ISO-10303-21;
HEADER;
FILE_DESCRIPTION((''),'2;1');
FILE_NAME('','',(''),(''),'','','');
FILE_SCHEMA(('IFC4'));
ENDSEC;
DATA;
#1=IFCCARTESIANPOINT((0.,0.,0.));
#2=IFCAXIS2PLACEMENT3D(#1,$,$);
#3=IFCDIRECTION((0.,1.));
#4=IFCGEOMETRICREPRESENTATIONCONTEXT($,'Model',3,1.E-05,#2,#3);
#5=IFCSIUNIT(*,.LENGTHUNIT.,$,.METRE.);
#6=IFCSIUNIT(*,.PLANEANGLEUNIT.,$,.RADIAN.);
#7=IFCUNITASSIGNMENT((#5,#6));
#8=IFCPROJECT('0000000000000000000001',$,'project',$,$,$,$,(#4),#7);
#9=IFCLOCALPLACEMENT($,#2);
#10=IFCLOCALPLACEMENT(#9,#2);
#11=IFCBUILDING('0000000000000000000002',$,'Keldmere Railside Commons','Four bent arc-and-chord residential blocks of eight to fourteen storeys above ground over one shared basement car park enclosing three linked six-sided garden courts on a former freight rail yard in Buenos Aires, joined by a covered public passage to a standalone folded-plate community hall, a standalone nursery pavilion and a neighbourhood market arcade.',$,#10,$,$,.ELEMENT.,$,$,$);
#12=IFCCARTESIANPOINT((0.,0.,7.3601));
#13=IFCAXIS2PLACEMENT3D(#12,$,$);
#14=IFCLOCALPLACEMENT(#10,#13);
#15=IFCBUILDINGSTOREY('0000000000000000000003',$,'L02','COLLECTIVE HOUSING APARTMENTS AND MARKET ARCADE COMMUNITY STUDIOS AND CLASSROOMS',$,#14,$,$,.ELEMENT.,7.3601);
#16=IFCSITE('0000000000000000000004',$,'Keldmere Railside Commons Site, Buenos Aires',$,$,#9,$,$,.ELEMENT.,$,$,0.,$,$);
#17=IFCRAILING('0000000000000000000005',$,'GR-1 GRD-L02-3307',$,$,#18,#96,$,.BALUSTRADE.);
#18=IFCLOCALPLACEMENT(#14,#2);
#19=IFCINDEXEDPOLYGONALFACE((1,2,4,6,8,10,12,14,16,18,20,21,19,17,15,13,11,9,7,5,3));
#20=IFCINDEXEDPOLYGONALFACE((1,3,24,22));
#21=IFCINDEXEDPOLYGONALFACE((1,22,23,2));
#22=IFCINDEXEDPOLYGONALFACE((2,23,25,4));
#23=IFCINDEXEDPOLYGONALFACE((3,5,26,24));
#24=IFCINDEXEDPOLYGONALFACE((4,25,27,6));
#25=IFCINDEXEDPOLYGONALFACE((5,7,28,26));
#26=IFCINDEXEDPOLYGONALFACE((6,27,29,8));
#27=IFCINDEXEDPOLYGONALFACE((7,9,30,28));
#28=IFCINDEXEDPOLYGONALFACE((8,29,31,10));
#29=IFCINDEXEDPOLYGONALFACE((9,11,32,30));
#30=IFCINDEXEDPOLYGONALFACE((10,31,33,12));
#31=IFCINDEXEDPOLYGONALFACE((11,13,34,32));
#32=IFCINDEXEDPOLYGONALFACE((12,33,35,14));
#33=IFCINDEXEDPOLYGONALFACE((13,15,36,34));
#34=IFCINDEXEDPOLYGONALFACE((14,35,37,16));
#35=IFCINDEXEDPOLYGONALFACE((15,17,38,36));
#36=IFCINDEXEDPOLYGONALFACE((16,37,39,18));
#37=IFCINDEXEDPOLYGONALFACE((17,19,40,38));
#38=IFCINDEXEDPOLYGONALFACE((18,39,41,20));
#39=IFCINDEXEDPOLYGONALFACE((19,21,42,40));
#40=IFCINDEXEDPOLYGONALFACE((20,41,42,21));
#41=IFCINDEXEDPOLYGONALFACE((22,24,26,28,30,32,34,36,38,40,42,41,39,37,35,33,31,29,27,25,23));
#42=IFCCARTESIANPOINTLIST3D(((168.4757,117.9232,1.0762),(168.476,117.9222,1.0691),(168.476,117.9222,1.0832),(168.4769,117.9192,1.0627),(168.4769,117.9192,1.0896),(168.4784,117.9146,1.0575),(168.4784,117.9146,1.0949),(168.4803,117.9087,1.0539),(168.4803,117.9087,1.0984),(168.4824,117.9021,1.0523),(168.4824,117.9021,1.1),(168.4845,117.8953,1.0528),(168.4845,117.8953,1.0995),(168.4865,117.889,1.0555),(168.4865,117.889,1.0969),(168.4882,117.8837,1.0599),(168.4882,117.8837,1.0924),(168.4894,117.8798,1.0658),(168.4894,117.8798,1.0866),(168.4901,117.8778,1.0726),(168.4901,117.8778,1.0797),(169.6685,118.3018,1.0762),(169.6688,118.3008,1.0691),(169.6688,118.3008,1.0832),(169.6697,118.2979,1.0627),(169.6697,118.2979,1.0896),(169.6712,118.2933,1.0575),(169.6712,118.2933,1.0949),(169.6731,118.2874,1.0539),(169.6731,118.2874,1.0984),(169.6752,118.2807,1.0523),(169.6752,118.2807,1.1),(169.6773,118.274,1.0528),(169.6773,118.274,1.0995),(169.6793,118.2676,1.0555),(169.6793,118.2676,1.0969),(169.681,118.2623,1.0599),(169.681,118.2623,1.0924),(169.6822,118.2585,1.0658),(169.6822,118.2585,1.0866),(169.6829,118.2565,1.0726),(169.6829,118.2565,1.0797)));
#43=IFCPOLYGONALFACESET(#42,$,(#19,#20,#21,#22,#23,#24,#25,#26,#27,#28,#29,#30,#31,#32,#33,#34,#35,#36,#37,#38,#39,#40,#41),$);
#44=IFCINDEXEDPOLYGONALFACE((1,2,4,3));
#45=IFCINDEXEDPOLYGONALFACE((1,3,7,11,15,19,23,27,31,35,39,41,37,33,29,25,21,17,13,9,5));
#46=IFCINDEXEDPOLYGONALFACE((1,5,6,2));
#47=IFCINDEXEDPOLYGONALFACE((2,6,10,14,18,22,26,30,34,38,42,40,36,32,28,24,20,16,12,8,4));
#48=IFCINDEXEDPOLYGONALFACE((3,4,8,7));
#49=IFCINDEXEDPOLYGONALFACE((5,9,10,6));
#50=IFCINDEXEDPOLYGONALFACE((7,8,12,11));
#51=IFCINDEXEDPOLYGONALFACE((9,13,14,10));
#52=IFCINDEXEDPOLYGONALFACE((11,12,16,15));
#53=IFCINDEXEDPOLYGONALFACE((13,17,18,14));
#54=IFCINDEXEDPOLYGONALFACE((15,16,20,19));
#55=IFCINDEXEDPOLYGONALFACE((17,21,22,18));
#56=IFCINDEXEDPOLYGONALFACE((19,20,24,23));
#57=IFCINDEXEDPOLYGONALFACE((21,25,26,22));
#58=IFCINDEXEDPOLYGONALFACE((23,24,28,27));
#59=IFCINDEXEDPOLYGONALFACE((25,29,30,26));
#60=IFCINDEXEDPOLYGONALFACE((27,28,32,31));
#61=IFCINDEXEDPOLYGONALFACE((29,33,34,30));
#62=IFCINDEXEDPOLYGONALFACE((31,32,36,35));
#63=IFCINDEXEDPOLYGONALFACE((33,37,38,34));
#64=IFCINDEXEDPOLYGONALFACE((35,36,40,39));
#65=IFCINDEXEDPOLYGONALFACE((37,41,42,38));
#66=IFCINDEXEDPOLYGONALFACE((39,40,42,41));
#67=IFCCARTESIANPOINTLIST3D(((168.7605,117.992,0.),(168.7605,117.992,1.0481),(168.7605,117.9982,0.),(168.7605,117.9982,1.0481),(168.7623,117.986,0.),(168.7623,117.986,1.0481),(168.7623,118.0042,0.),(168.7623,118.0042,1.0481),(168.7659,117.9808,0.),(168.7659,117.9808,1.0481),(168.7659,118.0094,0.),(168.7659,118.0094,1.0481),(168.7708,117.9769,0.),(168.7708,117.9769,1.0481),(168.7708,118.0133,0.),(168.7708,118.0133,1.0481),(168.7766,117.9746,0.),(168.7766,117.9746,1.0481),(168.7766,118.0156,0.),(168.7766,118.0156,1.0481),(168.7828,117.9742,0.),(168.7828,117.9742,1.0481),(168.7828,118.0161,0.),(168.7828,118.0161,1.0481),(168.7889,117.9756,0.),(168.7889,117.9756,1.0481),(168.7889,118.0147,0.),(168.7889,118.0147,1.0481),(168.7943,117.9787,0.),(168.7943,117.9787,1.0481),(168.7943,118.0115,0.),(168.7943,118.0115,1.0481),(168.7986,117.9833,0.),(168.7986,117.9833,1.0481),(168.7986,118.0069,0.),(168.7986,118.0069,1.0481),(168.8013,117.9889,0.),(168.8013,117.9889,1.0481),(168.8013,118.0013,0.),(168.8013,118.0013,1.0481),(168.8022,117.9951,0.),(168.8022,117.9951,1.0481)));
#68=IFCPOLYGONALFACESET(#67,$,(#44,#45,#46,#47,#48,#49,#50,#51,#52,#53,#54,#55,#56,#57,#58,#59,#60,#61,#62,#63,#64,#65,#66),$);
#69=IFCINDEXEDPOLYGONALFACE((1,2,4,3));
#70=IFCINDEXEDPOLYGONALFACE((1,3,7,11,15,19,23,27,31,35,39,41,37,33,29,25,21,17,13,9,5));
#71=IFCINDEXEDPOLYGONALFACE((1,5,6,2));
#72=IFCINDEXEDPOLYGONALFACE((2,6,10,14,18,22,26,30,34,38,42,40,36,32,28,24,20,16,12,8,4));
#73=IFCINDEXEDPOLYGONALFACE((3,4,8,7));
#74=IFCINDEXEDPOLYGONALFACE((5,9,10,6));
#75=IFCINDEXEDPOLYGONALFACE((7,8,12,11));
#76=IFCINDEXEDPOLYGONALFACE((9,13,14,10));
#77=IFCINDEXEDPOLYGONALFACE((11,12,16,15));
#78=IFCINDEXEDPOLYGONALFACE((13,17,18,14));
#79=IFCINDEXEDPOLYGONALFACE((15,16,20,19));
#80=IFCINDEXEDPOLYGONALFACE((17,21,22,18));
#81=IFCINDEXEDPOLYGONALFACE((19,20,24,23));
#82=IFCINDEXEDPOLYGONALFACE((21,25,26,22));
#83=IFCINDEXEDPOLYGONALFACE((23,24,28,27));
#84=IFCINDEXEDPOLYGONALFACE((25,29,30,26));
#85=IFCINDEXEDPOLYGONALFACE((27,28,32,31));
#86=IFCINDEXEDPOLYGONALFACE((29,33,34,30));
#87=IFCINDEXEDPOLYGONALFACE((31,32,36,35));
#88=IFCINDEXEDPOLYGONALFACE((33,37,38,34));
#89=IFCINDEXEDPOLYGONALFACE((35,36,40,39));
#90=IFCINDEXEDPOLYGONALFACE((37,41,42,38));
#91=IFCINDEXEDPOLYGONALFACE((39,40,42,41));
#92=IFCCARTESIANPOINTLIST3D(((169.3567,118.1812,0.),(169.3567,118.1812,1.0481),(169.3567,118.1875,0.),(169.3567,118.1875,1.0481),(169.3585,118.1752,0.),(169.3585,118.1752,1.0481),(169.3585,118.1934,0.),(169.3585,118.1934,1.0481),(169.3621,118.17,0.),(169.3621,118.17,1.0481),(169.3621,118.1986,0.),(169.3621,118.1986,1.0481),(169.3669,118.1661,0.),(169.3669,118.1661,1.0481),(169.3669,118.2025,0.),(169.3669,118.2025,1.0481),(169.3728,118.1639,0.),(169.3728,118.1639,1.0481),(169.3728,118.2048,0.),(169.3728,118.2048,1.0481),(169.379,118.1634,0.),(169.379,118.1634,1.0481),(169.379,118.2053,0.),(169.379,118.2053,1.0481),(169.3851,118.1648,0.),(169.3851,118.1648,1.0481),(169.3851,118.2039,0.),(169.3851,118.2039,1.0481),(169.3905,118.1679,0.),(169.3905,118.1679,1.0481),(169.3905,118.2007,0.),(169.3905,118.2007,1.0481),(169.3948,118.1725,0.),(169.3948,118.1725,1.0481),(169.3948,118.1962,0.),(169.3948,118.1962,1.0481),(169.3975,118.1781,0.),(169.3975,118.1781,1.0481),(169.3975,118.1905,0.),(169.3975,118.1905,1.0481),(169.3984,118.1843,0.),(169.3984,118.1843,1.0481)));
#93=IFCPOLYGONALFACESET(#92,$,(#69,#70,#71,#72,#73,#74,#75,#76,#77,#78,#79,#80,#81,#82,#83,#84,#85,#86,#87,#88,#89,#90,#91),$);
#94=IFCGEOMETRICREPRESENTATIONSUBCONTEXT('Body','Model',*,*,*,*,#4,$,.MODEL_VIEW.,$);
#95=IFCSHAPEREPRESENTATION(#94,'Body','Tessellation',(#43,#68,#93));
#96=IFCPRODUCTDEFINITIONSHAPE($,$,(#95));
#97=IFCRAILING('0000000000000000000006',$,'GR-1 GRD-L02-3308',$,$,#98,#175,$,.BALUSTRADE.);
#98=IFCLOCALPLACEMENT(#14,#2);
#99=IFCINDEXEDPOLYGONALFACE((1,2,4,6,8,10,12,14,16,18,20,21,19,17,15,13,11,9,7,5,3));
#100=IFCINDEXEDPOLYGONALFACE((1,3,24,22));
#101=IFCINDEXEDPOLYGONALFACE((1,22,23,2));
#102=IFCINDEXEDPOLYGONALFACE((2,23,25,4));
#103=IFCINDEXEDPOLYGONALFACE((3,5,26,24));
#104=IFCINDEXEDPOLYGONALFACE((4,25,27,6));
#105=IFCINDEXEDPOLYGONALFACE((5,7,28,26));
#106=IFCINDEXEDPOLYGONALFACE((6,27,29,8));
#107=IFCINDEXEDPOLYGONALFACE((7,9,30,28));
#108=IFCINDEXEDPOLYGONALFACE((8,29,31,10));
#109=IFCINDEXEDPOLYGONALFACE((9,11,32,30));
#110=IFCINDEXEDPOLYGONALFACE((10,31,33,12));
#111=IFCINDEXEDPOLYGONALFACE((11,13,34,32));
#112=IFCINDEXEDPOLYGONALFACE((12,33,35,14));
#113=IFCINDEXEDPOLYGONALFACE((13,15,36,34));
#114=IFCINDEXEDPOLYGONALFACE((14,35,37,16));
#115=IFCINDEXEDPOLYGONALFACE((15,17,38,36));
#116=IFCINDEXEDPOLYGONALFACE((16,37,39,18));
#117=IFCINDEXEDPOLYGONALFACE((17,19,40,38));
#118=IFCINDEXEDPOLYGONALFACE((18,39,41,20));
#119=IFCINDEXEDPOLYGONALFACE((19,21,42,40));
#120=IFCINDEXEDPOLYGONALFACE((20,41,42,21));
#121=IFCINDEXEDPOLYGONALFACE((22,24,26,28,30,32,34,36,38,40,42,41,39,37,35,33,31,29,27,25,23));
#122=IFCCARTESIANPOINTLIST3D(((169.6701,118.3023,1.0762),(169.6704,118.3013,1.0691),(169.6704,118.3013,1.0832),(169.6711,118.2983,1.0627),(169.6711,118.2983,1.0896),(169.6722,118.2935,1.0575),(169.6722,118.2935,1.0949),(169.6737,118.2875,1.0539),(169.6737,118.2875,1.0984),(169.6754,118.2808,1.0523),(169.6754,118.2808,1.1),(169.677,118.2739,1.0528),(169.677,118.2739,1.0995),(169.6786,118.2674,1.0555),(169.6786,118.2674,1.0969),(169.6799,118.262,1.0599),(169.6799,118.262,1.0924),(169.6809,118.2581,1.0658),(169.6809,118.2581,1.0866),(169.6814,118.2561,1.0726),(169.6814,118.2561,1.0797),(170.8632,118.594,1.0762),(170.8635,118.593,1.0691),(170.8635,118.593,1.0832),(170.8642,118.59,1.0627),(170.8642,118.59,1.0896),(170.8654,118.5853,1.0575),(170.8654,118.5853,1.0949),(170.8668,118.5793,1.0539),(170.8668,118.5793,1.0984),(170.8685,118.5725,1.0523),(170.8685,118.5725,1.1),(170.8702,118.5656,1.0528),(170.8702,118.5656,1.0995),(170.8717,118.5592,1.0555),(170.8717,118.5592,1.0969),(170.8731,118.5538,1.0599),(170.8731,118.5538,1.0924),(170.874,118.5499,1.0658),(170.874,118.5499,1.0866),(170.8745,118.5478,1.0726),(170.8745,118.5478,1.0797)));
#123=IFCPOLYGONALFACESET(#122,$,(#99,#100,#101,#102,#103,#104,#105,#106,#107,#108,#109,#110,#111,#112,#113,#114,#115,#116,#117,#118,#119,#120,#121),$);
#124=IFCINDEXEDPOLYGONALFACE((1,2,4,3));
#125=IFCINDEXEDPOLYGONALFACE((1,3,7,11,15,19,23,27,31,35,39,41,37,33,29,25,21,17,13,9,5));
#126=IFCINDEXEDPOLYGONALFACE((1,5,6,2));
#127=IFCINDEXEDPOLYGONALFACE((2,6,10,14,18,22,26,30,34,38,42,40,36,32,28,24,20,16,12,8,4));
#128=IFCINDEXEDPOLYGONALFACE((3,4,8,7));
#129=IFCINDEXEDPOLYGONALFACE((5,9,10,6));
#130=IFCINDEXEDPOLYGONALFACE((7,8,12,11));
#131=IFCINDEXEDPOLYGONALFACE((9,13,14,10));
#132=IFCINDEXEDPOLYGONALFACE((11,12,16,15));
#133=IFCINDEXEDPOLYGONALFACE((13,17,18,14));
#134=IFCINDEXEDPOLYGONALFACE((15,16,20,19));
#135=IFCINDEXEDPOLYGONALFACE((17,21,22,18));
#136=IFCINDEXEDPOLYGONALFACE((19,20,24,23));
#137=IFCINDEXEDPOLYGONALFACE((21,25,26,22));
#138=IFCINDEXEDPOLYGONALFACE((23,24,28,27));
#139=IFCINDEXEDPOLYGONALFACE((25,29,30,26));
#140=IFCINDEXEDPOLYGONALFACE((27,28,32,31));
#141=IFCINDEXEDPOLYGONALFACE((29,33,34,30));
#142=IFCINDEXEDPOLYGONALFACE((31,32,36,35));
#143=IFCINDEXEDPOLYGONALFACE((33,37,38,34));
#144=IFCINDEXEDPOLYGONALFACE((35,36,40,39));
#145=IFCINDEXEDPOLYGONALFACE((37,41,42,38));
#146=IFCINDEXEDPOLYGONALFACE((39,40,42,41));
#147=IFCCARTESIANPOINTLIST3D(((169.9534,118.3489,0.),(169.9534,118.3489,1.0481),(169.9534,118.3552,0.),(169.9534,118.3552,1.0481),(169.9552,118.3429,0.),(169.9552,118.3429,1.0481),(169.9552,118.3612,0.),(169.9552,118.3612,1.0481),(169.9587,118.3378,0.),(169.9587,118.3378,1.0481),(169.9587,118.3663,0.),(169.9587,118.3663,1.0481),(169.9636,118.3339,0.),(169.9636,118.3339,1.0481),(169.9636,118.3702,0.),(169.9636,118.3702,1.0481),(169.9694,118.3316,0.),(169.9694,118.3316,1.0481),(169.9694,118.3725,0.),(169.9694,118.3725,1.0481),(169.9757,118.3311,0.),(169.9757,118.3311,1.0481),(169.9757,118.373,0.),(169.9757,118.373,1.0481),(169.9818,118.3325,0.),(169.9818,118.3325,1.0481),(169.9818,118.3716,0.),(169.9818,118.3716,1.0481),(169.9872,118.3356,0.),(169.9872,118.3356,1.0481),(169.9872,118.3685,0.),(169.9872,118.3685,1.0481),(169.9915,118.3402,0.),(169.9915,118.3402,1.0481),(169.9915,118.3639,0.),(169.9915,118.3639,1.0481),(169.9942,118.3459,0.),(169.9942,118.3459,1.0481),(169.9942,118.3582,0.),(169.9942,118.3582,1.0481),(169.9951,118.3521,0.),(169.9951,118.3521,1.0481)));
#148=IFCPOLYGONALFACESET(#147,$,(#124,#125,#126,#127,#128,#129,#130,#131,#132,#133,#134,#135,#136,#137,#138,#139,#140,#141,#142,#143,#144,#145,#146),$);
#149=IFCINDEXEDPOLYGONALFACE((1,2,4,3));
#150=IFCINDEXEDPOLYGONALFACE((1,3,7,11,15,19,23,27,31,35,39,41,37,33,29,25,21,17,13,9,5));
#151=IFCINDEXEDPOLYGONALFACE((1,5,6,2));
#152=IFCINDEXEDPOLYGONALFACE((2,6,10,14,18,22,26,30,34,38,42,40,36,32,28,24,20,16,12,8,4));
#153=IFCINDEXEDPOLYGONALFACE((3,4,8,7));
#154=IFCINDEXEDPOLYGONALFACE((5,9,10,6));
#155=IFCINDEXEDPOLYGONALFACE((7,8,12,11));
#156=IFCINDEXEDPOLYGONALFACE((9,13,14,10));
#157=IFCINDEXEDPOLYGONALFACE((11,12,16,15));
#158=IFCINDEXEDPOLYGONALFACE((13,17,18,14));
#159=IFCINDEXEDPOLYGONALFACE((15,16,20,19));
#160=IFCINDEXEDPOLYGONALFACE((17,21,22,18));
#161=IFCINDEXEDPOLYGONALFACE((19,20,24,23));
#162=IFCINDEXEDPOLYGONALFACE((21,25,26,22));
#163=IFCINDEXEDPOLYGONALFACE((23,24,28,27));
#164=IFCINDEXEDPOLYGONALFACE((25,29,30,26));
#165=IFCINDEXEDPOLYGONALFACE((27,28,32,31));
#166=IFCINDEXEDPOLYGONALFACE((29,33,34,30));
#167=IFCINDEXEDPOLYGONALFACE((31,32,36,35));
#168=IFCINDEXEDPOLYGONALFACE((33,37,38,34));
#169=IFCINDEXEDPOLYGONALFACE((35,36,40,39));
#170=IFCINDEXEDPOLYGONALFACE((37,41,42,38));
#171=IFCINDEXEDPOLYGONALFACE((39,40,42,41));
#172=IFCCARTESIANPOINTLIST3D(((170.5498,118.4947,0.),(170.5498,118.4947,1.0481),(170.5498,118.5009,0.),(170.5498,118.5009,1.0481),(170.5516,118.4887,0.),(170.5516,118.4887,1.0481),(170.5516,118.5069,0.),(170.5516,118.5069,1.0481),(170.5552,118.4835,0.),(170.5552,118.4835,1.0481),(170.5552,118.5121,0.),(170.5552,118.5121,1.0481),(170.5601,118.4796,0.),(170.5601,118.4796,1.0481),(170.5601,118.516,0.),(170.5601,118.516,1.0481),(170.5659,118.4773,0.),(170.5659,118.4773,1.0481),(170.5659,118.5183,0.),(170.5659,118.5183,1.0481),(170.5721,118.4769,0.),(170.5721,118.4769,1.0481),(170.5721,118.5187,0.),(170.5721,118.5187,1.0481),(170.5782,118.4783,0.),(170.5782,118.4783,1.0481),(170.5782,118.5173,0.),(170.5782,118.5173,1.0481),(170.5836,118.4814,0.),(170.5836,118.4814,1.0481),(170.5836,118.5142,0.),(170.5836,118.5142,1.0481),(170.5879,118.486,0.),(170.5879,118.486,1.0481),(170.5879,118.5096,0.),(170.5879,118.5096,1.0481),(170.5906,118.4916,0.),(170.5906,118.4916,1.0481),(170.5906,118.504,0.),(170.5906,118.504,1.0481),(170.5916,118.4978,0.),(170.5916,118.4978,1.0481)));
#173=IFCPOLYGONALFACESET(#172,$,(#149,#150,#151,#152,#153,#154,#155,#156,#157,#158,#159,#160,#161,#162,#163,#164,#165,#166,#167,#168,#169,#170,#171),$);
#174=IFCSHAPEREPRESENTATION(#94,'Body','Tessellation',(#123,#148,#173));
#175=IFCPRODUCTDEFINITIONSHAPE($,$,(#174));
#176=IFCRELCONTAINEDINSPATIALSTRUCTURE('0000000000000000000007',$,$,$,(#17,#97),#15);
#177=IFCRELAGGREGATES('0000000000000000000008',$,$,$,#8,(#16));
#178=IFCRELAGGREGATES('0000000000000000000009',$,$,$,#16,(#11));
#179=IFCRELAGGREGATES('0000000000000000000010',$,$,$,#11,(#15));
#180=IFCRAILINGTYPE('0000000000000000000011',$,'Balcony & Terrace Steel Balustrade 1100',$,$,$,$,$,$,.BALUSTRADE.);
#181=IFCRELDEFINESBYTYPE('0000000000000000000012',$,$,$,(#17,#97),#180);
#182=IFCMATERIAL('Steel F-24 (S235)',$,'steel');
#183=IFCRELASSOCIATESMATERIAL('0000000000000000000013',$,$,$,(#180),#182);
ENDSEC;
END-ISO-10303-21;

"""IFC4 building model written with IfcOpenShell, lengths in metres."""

from ifc_helpers import new_model, si_unit, direction, frame, origin, origin_2d, place, context, subcontext, project, spatial, circle, extrude, material, type_object, element, save


model = new_model("IFC4")

# Units and contexts
model_context = context("Model", 3, precision=1e-05, world=origin(), true_north=direction((0.0, 1.0)))
body_context = subcontext(model_context, "Body", "Model", "MODEL_VIEW")
ifc_project = project(units=[si_unit("LENGTHUNIT", "METRE"), si_unit("PLANEANGLEUNIT", "RADIAN")], contexts=[model_context])

# Site, building, storey
site_placement = place(None, origin())
site = spatial("IfcSite", under=ifc_project, at=site_placement, Name="Keldmere Railside Commons Site, Buenos Aires", CompositionType="ELEMENT", RefElevation=0.0)
building_placement = place(site_placement, origin())
building = spatial("IfcBuilding", under=site, at=building_placement, Name="Keldmere Railside Commons", Description="Four bent arc-and-chord residential blocks of eight to fourteen storeys above ground over one shared basement car park enclosing three linked six-sided garden courts on a former freight rail yard in Buenos Aires, joined by a covered public passage to a standalone folded-plate community hall, a standalone nursery pavilion and a neighbourhood market arcade.", CompositionType="ELEMENT")
storey_placement = place(building_placement, frame((0.0, 0.0, 7.3601)))
storey = spatial("IfcBuildingStorey", under=building, at=storey_placement, Name="L02", Description="COLLECTIVE HOUSING APARTMENTS AND MARKET ARCADE COMMUNITY STUDIOS AND CLASSROOMS", CompositionType="ELEMENT", Elevation=7.3601)

# Railings
ifc_material_1 = material(Name="Steel F-24 (S235)", Category="steel")
railing_type = type_object("IfcRailingType", Name="Balcony & Terrace Steel Balustrade 1100", PredefinedType="BALUSTRADE", material=ifc_material_1)
railing_1_placement = place(storey_placement, frame((168.4829, 117.9004, 0.0)))
element("IfcRailing", 1, at=railing_1_placement, inside=storey, type_object=railing_type, Name="GR-1 GRD-L02-3307", PredefinedType="BALUSTRADE", context=body_context, shape_type="SweptSolid", body=[
    extrude(circle(Radius=0.0239, at=origin_2d()), frame((0.0, 0.0, 1.0762), z_axis=(0.953131, 0.302559, 0.0), x_axis=(-0.302559, 0.953131, 0.0)), (0.0, 0.0, 1.0), 1.2515),
    extrude(circle(Radius=0.021, at=origin_2d()), frame((0.2983, 0.0947, 0.0)), (0.0, 0.0, 1.0), 1.0481),
    extrude(circle(Radius=0.021, at=origin_2d()), frame((0.8945, 0.2839, 0.0)), (0.0, 0.0, 1.0), 1.0481),
])
railing_2_placement = place(storey_placement, frame((169.6758, 118.2791, 0.0)))
element("IfcRailing", 2, at=railing_2_placement, inside=storey, type_object=railing_type, Name="GR-1 GRD-L02-3308", PredefinedType="BALUSTRADE", context=body_context, shape_type="SweptSolid", body=[
    extrude(circle(Radius=0.0239, at=origin_2d()), frame((0.0, 0.0, 1.0762), z_axis=(0.971381, 0.237528, 0.0), x_axis=(-0.237528, 0.971381, 0.0)), (0.0, 0.0, 1.0), 1.2283),
    extrude(circle(Radius=0.021, at=origin_2d()), frame((0.2983, 0.073, 0.0)), (0.0, 0.0, 1.0), 1.0481),
    extrude(circle(Radius=0.021, at=origin_2d()), frame((0.8948, 0.2188, 0.0)), (0.0, 0.0, 1.0), 1.0481),
])

save(model, "model.ifc")
